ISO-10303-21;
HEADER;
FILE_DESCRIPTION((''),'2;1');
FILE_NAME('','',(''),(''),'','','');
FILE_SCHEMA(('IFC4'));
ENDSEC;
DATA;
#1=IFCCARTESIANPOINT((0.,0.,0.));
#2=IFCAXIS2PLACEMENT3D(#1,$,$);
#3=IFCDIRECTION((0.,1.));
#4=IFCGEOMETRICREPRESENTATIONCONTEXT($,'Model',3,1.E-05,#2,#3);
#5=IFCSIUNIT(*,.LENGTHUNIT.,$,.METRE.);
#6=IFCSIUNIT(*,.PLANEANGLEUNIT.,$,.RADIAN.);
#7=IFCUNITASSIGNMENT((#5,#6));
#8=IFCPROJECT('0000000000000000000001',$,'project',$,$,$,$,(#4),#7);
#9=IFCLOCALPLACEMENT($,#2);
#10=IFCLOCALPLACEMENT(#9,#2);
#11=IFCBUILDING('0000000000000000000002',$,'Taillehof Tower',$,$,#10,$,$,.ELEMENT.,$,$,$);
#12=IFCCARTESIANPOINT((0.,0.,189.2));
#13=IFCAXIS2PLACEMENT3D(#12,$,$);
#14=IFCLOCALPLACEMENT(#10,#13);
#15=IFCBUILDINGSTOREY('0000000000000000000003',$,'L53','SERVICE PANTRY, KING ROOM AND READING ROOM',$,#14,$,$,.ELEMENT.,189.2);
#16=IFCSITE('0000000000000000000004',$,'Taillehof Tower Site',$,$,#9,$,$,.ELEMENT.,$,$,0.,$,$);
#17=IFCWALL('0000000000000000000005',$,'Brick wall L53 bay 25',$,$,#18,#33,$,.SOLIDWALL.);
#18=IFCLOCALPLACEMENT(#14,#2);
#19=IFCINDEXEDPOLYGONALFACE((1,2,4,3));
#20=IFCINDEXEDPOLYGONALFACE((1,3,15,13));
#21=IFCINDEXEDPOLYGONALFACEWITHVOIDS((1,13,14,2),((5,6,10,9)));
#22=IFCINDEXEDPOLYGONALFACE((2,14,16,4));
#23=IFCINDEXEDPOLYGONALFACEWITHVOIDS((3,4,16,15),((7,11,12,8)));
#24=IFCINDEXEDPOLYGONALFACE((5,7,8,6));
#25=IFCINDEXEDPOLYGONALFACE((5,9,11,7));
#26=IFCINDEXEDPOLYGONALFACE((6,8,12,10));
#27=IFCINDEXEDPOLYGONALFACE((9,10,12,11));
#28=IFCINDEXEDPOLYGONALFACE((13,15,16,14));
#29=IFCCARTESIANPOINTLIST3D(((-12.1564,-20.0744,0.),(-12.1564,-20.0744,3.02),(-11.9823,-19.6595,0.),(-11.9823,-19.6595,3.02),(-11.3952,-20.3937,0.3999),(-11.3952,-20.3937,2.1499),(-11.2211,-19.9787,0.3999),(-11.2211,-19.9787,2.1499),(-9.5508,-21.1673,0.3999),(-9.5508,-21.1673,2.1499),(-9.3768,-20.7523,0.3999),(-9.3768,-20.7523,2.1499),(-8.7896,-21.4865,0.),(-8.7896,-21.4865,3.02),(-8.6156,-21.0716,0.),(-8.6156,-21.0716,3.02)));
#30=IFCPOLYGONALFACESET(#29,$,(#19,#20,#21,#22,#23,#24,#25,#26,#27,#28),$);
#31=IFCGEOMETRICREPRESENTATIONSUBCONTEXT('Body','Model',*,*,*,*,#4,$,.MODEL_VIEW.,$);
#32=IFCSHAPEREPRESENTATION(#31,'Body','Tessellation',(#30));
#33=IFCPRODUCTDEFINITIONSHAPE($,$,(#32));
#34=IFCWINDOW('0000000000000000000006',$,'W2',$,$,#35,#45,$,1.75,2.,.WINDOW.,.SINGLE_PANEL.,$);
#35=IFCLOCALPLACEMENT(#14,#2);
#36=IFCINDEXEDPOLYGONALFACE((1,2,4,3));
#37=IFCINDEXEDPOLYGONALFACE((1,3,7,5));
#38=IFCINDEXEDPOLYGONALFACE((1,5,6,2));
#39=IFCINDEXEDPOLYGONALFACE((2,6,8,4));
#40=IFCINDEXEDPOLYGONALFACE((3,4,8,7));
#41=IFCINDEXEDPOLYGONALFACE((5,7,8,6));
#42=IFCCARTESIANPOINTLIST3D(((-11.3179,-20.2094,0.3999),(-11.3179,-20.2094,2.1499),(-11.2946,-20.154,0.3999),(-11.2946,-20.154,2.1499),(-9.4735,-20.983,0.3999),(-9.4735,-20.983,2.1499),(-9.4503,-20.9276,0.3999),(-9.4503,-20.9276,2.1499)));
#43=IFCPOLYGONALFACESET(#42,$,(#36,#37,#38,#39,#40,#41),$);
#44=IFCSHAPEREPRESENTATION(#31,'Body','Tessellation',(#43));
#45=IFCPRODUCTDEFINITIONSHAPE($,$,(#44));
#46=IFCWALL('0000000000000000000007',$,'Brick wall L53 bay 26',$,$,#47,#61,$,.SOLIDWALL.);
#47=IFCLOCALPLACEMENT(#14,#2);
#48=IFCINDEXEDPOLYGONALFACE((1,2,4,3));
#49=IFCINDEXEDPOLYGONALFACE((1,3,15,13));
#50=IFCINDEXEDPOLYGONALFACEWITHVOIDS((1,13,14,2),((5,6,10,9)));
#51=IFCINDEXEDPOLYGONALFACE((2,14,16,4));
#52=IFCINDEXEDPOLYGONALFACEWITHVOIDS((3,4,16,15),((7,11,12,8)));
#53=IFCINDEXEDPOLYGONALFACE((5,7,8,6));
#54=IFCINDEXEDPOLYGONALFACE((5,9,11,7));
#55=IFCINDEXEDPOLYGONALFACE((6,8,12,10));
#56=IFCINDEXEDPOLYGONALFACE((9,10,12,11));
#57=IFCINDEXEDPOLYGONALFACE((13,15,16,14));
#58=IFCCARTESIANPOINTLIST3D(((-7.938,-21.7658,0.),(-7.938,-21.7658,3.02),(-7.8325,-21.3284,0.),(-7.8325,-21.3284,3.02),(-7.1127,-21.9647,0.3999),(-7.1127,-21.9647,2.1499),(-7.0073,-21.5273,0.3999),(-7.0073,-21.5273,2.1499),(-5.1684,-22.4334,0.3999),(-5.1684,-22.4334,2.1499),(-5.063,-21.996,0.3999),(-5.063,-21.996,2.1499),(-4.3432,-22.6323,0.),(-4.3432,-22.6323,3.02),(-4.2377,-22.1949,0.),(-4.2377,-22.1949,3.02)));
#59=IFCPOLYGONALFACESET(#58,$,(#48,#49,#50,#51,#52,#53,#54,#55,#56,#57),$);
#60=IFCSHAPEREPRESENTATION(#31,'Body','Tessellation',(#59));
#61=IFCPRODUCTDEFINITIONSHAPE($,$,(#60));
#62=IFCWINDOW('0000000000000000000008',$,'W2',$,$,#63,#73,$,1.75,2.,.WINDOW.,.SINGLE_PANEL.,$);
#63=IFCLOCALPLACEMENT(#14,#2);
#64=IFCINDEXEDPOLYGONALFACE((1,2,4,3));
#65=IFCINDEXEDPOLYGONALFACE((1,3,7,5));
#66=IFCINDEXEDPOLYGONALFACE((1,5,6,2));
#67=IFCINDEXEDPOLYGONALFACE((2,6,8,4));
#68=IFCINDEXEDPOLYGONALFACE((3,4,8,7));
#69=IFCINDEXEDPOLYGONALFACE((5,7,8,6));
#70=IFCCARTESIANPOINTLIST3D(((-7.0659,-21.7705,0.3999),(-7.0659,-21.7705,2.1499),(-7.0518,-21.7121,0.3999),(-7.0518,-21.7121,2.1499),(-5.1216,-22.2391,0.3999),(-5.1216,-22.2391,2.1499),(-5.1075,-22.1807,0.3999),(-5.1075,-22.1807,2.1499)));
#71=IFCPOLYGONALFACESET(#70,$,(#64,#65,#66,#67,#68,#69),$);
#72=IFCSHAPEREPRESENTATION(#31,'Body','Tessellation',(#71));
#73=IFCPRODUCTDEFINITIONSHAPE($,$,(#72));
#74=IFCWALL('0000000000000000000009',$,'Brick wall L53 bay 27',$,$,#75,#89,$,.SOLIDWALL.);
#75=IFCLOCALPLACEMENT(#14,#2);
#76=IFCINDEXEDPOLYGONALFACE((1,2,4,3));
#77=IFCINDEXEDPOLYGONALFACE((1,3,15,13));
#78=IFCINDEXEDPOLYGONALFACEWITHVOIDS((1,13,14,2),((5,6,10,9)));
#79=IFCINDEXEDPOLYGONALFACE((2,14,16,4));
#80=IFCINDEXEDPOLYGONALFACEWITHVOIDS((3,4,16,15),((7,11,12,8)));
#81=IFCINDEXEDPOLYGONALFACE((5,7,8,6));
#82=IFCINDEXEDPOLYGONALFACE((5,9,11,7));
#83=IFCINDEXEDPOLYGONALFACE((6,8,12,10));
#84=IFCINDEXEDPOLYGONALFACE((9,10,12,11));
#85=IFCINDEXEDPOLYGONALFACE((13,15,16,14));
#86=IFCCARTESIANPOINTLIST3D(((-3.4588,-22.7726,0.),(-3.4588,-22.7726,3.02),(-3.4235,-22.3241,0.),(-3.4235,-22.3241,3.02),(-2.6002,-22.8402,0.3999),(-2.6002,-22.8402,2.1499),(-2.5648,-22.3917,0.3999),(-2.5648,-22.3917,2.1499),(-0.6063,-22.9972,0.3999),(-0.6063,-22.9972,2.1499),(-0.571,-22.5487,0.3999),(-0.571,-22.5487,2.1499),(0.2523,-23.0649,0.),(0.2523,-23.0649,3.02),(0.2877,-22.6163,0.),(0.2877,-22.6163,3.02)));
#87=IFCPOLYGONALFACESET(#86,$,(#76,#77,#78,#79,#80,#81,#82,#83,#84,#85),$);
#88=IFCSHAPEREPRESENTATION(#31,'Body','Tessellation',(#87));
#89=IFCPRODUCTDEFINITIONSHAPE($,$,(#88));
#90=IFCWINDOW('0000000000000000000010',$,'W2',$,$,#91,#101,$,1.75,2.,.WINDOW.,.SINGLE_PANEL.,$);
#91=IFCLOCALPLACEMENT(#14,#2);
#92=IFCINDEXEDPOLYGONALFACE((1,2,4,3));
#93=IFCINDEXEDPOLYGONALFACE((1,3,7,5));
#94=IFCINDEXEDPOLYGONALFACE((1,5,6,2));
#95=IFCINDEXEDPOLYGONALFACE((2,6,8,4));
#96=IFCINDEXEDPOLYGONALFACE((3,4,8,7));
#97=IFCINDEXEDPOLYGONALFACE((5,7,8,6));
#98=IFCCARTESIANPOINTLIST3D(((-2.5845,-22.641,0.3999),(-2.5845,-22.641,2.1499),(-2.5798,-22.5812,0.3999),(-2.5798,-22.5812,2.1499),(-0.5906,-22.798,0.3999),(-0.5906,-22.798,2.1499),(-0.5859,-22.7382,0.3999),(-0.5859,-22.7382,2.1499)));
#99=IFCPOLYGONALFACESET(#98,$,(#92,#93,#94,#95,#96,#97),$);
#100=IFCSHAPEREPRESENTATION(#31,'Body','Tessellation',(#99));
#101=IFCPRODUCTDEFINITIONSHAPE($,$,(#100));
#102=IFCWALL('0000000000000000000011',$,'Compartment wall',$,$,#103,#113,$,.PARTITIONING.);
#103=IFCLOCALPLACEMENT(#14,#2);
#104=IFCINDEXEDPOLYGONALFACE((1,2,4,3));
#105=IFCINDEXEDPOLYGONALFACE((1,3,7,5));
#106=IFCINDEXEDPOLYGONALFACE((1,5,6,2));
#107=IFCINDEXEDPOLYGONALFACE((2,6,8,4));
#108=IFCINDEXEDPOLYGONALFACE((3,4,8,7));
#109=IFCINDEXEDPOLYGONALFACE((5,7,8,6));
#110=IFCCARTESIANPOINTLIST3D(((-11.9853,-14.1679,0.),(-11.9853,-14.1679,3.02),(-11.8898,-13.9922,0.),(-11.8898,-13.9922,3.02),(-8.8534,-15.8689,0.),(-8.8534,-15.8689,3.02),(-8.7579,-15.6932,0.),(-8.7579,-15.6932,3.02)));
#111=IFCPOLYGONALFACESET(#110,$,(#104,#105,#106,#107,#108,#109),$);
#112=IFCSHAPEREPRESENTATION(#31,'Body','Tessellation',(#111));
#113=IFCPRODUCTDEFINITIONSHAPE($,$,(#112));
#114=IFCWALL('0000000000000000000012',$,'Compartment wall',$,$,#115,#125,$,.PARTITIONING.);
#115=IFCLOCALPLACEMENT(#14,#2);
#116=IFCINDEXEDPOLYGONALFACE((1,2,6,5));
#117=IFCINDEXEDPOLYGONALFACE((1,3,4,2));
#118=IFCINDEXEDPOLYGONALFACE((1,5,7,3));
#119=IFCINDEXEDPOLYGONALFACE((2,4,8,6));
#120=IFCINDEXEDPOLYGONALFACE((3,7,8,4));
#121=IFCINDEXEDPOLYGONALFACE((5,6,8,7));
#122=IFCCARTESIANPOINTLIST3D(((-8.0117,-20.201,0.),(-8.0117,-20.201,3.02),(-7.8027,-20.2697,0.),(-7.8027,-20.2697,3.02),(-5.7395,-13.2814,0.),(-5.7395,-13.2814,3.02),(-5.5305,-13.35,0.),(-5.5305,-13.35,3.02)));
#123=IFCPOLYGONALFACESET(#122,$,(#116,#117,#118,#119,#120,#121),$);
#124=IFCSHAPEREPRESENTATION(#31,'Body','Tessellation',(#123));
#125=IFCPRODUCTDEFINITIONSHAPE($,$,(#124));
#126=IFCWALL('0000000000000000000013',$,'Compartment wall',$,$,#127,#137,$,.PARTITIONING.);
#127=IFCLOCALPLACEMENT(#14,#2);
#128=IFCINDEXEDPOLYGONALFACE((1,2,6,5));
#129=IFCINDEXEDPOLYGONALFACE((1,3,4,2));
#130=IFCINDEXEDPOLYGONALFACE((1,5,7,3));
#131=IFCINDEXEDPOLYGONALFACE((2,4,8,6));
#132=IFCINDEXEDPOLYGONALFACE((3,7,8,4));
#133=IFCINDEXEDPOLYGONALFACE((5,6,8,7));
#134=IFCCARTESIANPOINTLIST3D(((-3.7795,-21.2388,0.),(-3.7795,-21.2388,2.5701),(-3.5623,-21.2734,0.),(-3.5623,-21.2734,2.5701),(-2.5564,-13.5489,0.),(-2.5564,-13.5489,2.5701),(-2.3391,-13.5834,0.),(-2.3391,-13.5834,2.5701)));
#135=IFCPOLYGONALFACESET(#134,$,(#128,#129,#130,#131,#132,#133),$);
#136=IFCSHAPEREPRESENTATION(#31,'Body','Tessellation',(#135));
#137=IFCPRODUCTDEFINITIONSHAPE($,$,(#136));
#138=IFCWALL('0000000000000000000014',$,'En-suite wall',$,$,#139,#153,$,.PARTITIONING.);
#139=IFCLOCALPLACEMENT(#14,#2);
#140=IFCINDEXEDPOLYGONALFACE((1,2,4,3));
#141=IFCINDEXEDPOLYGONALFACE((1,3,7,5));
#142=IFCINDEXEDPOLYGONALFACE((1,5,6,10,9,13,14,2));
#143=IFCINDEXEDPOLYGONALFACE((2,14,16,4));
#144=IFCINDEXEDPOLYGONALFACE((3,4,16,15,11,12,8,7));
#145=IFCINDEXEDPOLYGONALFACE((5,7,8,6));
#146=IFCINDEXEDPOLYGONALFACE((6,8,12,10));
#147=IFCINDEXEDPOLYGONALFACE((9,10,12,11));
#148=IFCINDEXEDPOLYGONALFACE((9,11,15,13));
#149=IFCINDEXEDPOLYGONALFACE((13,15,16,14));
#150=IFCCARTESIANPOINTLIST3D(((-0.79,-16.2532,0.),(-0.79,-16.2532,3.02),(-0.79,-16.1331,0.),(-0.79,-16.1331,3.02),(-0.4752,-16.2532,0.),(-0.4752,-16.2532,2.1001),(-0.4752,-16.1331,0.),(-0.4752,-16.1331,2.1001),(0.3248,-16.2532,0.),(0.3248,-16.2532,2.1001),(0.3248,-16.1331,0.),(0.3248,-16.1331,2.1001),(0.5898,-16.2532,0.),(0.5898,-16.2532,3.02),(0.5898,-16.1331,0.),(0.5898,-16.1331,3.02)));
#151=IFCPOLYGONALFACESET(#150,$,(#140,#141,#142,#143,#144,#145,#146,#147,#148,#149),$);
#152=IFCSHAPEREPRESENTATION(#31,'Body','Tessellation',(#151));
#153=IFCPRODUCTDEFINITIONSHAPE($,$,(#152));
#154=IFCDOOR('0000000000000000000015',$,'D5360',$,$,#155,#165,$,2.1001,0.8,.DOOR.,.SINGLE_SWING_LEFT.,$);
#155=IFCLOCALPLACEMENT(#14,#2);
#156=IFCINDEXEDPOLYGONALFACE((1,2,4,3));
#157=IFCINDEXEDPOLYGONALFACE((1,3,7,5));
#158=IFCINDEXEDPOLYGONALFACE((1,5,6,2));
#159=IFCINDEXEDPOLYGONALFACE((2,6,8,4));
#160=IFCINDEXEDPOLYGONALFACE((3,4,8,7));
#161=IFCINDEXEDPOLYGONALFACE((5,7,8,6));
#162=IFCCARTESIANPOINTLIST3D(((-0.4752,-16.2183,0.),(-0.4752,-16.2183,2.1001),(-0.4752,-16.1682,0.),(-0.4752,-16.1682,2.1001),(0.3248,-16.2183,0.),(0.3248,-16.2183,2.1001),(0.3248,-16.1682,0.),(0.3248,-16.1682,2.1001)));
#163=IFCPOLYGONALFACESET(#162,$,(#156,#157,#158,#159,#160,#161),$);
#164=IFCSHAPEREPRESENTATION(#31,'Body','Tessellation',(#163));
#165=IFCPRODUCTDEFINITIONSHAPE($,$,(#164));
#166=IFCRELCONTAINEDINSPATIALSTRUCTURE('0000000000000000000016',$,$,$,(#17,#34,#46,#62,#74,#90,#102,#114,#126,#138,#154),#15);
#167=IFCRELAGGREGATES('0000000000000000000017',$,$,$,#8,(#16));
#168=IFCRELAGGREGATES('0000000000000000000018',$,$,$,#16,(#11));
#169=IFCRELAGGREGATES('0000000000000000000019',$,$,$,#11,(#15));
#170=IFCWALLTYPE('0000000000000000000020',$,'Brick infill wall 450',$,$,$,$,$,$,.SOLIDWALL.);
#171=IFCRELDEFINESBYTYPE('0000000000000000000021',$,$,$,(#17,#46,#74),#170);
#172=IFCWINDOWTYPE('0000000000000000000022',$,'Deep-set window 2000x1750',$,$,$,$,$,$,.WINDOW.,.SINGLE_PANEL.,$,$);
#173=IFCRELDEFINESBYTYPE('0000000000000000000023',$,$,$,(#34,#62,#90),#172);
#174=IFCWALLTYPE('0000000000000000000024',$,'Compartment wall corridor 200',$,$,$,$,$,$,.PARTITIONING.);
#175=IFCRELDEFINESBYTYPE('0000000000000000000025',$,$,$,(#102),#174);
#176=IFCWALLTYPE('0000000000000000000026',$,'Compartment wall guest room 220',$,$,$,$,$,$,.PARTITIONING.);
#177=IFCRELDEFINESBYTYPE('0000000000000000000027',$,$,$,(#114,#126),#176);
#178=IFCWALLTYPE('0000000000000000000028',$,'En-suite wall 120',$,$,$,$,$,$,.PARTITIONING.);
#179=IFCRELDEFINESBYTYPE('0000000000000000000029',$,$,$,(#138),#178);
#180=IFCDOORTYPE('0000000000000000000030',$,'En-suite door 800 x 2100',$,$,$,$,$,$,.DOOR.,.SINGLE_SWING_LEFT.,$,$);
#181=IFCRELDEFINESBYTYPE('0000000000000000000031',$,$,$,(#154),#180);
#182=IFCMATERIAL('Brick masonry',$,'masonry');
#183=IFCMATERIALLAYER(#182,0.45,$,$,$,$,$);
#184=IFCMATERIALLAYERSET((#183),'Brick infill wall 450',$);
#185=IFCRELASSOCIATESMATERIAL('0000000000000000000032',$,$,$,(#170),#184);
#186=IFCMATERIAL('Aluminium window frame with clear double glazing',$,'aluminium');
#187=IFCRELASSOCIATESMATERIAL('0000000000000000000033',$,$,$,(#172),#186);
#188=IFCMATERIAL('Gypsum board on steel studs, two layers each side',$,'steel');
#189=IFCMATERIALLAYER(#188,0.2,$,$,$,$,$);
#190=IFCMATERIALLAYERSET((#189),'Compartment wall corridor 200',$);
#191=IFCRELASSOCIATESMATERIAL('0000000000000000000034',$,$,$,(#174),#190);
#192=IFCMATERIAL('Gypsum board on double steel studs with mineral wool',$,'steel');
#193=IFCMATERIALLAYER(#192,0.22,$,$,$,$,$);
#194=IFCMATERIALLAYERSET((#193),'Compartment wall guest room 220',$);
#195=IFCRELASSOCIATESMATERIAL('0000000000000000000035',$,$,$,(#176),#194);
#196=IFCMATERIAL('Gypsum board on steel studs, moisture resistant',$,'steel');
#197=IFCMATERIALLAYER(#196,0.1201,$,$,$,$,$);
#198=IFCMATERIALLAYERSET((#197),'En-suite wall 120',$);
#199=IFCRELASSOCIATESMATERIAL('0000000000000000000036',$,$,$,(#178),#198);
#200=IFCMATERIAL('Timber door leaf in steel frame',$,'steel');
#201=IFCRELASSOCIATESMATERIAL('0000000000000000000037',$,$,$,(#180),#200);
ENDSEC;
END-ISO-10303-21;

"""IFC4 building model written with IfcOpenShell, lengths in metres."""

from ifc_helpers import new_model, si_unit, direction, frame, frame_2d, origin, place, context, subcontext, project, spatial, rectangle, extrude, material, layer, layer_set, type_object, element, fill, save


model = new_model("IFC4")

# Units and contexts
model_context = context("Model", 3, precision=1e-05, world=origin(), true_north=direction((0.0, 1.0)))
body_context = subcontext(model_context, "Body", "Model", "MODEL_VIEW")
ifc_project = project(units=[si_unit("LENGTHUNIT", "METRE"), si_unit("PLANEANGLEUNIT", "RADIAN")], contexts=[model_context])

# Site, building, storey
site_placement = place(None, origin())
site = spatial("IfcSite", under=ifc_project, at=site_placement, Name="Taillehof Tower Site", CompositionType="ELEMENT", RefElevation=0.0)
building_placement = place(site_placement, origin())
building = spatial("IfcBuilding", under=site, at=building_placement, Name="Taillehof Tower", CompositionType="ELEMENT")
storey_placement = place(building_placement, frame((0.0, 0.0, 189.2)))
storey = spatial("IfcBuildingStorey", under=building, at=storey_placement, Name="L53", Description="SERVICE PANTRY, KING ROOM AND READING ROOM", CompositionType="ELEMENT", Elevation=189.2)

# Walls, openings, windows
ifc_material_1 = material(Name="Brick masonry", Category="masonry")
ifc_layer_1 = layer(ifc_material_1, 0.45)
ifc_layer_set_1 = layer_set([ifc_layer_1], Name="Brick infill wall 450")
wall_type_1 = type_object("IfcWallType", Name="Brick infill wall 450", PredefinedType="SOLIDWALL", material=ifc_layer_set_1)
wall_1_placement = place(storey_placement, frame((-12.0693, -19.8669, 0.0), z_axis=(0.0, 0.0, 1.0), x_axis=(0.922168, -0.386789, 0.0)))
wall_1 = element("IfcWall", 1, at=wall_1_placement, inside=storey, type_object=wall_type_1, Name="Brick wall L53 bay 25", PredefinedType="SOLIDWALL", context=body_context, shape_type="SweptSolid", body=[
    extrude(rectangle(XDim=3.6509, YDim=0.45, at=frame_2d((1.8254, 0.0))), origin(), (0.0, 0.0, 1.0), 3.02),
])
opening_1_placement = place(wall_1_placement, frame((0.8254, 0.0, 0.3999)))
opening_1 = element("IfcOpeningElement", 2, at=opening_1_placement, cuts=wall_1, PredefinedType="OPENING", context=body_context, shape_type="SweptSolid", body=[
    extrude(rectangle(XDim=2.0, YDim=1.75, at=frame_2d((1.0, 0.875))), frame((0.0, 0.2349, 0.0), z_axis=(0.0, -1.0, 0.0), x_axis=(1.0, 0.0, 0.0)), (0.0, 0.0, 1.0), 0.47),
])
ifc_material_2 = material(Name="Aluminium window frame with clear double glazing", Category="aluminium")
window_type = type_object("IfcWindowType", Name="Deep-set window 2000x1750", PartitioningType="SINGLE_PANEL", PredefinedType="WINDOW", material=ifc_material_2)
window_1_placement = place(opening_1_placement, origin())
window_1 = element("IfcWindow", 3, at=window_1_placement, inside=storey, type_object=window_type, Name="W2", OverallHeight=1.75, OverallWidth=2.0, PartitioningType="SINGLE_PANEL", PredefinedType="WINDOW", context=body_context, shape_type="SweptSolid", body=[
    extrude(rectangle(XDim=2.0, YDim=1.75, at=frame_2d((1.0, 0.875))), frame((0.0, 0.0349, 0.0), z_axis=(0.0, -1.0, 0.0), x_axis=(1.0, 0.0, 0.0)), (0.0, 0.0, 1.0), 0.0601),
])
fill(opening_1, window_1)
wall_2_placement = place(storey_placement, frame((-7.8853, -21.5471, 0.0), z_axis=(0.0, 0.0, 1.0), x_axis=(0.972158, -0.234324, 0.0)))
wall_2 = element("IfcWall", 4, at=wall_2_placement, inside=storey, type_object=wall_type_1, Name="Brick wall L53 bay 26", PredefinedType="SOLIDWALL", context=body_context, shape_type="SweptSolid", body=[
    extrude(rectangle(XDim=3.6978, YDim=0.45, at=frame_2d((1.8489, 0.0))), origin(), (0.0, 0.0, 1.0), 3.02),
])
opening_2_placement = place(wall_2_placement, frame((0.8489, 0.0, 0.3999)))
opening_2 = element("IfcOpeningElement", 5, at=opening_2_placement, cuts=wall_2, PredefinedType="OPENING", context=body_context, shape_type="SweptSolid", body=[
    extrude(rectangle(XDim=2.0, YDim=1.75, at=frame_2d((1.0, 0.875))), frame((0.0, 0.2349, 0.0), z_axis=(0.0, -1.0, 0.0), x_axis=(1.0, 0.0, 0.0)), (0.0, 0.0, 1.0), 0.47),
])
window_2_placement = place(opening_2_placement, origin())
window_2 = element("IfcWindow", 6, at=window_2_placement, inside=storey, type_object=window_type, Name="W2", OverallHeight=1.75, OverallWidth=2.0, PartitioningType="SINGLE_PANEL", PredefinedType="WINDOW", context=body_context, shape_type="SweptSolid", body=[
    extrude(rectangle(XDim=2.0, YDim=1.75, at=frame_2d((1.0, 0.875))), frame((0.0, 0.0349, 0.0), z_axis=(0.0, -1.0, 0.0), x_axis=(1.0, 0.0, 0.0)), (0.0, 0.0, 1.0), 0.0601),
])
fill(opening_2, window_2)
wall_3_placement = place(storey_placement, frame((-3.4412, -22.5483, 0.0), z_axis=(0.0, 0.0, 1.0), x_axis=(0.996914, -0.078502, 0.0)))
wall_3 = element("IfcWall", 7, at=wall_3_placement, inside=storey, type_object=wall_type_1, Name="Brick wall L53 bay 27", PredefinedType="SOLIDWALL", context=body_context, shape_type="SweptSolid", body=[
    extrude(rectangle(XDim=3.7227, YDim=0.45, at=frame_2d((1.8613, 0.0))), origin(), (0.0, 0.0, 1.0), 3.02),
])
opening_3_placement = place(wall_3_placement, frame((0.8613, 0.0, 0.3999)))
opening_3 = element("IfcOpeningElement", 8, at=opening_3_placement, cuts=wall_3, PredefinedType="OPENING", context=body_context, shape_type="SweptSolid", body=[
    extrude(rectangle(XDim=2.0, YDim=1.75, at=frame_2d((1.0, 0.875))), frame((0.0, 0.2349, 0.0), z_axis=(0.0, -1.0, 0.0), x_axis=(1.0, 0.0, 0.0)), (0.0, 0.0, 1.0), 0.47),
])
window_3_placement = place(opening_3_placement, origin())
window_3 = element("IfcWindow", 9, at=window_3_placement, inside=storey, type_object=window_type, Name="W2", OverallHeight=1.75, OverallWidth=2.0, PartitioningType="SINGLE_PANEL", PredefinedType="WINDOW", context=body_context, shape_type="SweptSolid", body=[
    extrude(rectangle(XDim=2.0, YDim=1.75, at=frame_2d((1.0, 0.875))), frame((0.0, 0.0349, 0.0), z_axis=(0.0, -1.0, 0.0), x_axis=(1.0, 0.0, 0.0)), (0.0, 0.0, 1.0), 0.0601),
])
fill(opening_3, window_3)

# Walls
ifc_material_3 = material(Name="Gypsum board on steel studs, two layers each side", Category="steel")
ifc_layer_2 = layer(ifc_material_3, 0.2)
ifc_layer_set_2 = layer_set([ifc_layer_2], Name="Compartment wall corridor 200")
wall_type_2 = type_object("IfcWallType", Name="Compartment wall corridor 200", PredefinedType="PARTITIONING", material=ifc_layer_set_2)
wall_4_placement = place(storey_placement, frame((-8.8057, -15.781, 0.0), z_axis=(0.0, 0.0, 1.0), x_axis=(-0.878761, 0.477263, 0.0)))
element("IfcWall", 10, at=wall_4_placement, inside=storey, type_object=wall_type_2, Name="Compartment wall", PredefinedType="PARTITIONING", context=body_context, shape_type="SweptSolid", body=[
    extrude(rectangle(XDim=3.564, YDim=0.2, at=frame_2d((1.782, 0.0))), origin(), (0.0, 0.0, 1.0), 3.02),
])
ifc_material_4 = material(Name="Gypsum board on double steel studs with mineral wool", Category="steel")
ifc_layer_3 = layer(ifc_material_4, 0.22)
ifc_layer_set_3 = layer_set([ifc_layer_3], Name="Compartment wall guest room 220")
wall_type_3 = type_object("IfcWallType", Name="Compartment wall guest room 220", PredefinedType="PARTITIONING", material=ifc_layer_set_3)
wall_5_placement = place(storey_placement, frame((-7.9072, -20.2354, 0.0), z_axis=(0.0, 0.0, 1.0), x_axis=(0.311981, 0.950088, 0.0)))
element("IfcWall", 11, at=wall_5_placement, inside=storey, type_object=wall_type_3, Name="Compartment wall", PredefinedType="PARTITIONING", context=body_context, shape_type="SweptSolid", body=[
    extrude(rectangle(XDim=7.2832, YDim=0.22, at=frame_2d((3.6416, 0.0))), origin(), (0.0, 0.0, 1.0), 3.02),
])
wall_6_placement = place(storey_placement, frame((-3.6709, -21.2561, 0.0), z_axis=(0.0, 0.0, 1.0), x_axis=(0.157083, 0.987585, 0.0)))
element("IfcWall", 12, at=wall_6_placement, inside=storey, type_object=wall_type_3, Name="Compartment wall", PredefinedType="PARTITIONING", context=body_context, shape_type="SweptSolid", body=[
    extrude(rectangle(XDim=7.7866, YDim=0.22, at=frame_2d((3.8933, 0.0))), origin(), (0.0, 0.0, 1.0), 2.5701),
])

# Wall, opening, door
ifc_material_5 = material(Name="Gypsum board on steel studs, moisture resistant", Category="steel")
ifc_layer_4 = layer(ifc_material_5, 0.1201)
ifc_layer_set_4 = layer_set([ifc_layer_4], Name="En-suite wall 120")
wall_type_4 = type_object("IfcWallType", Name="En-suite wall 120", PredefinedType="PARTITIONING", material=ifc_layer_set_4)
wall_7_placement = place(storey_placement, frame((-0.79, -16.1931, 0.0), z_axis=(0.0, 0.0, 1.0), x_axis=(1.0, 0.0, 0.0)))
wall_7 = element("IfcWall", 13, at=wall_7_placement, inside=storey, type_object=wall_type_4, Name="En-suite wall", PredefinedType="PARTITIONING", context=body_context, shape_type="SweptSolid", body=[
    extrude(rectangle(XDim=1.3799, YDim=0.1201, at=frame_2d((0.6899, 0.0))), origin(), (0.0, 0.0, 1.0), 3.02),
])
opening_4_placement = place(wall_7_placement, frame((0.3149, 0.0, 0.0)))
opening_4 = element("IfcOpeningElement", 14, at=opening_4_placement, cuts=wall_7, PredefinedType="OPENING", context=body_context, shape_type="SweptSolid", body=[
    extrude(rectangle(XDim=0.8, YDim=2.1001, at=frame_2d((0.3999, 1.05))), frame((0.0, 0.0701, 0.0), z_axis=(0.0, -1.0, 0.0), x_axis=(1.0, 0.0, 0.0)), (0.0, 0.0, 1.0), 0.1401),
])
ifc_material_6 = material(Name="Timber door leaf in steel frame", Category="steel")
door_type_1 = type_object("IfcDoorType", Name="En-suite door 800 x 2100", OperationType="SINGLE_SWING_LEFT", PredefinedType="DOOR", material=ifc_material_6)
door_1_placement = place(opening_4_placement, origin())
door_1 = element("IfcDoor", 15, at=door_1_placement, inside=storey, type_object=door_type_1, Name="D5360", OperationType="SINGLE_SWING_LEFT", OverallHeight=2.1001, OverallWidth=0.8, PredefinedType="DOOR", context=body_context, shape_type="SweptSolid", body=[
    extrude(rectangle(XDim=0.8, YDim=2.1001, at=frame_2d((0.3999, 1.05))), frame((0.0, 0.0249, 0.0), z_axis=(0.0, -1.0, 0.0), x_axis=(1.0, 0.0, 0.0)), (0.0, 0.0, 1.0), 0.05),
])
fill(opening_4, door_1)

save(model, "model.ifc")
